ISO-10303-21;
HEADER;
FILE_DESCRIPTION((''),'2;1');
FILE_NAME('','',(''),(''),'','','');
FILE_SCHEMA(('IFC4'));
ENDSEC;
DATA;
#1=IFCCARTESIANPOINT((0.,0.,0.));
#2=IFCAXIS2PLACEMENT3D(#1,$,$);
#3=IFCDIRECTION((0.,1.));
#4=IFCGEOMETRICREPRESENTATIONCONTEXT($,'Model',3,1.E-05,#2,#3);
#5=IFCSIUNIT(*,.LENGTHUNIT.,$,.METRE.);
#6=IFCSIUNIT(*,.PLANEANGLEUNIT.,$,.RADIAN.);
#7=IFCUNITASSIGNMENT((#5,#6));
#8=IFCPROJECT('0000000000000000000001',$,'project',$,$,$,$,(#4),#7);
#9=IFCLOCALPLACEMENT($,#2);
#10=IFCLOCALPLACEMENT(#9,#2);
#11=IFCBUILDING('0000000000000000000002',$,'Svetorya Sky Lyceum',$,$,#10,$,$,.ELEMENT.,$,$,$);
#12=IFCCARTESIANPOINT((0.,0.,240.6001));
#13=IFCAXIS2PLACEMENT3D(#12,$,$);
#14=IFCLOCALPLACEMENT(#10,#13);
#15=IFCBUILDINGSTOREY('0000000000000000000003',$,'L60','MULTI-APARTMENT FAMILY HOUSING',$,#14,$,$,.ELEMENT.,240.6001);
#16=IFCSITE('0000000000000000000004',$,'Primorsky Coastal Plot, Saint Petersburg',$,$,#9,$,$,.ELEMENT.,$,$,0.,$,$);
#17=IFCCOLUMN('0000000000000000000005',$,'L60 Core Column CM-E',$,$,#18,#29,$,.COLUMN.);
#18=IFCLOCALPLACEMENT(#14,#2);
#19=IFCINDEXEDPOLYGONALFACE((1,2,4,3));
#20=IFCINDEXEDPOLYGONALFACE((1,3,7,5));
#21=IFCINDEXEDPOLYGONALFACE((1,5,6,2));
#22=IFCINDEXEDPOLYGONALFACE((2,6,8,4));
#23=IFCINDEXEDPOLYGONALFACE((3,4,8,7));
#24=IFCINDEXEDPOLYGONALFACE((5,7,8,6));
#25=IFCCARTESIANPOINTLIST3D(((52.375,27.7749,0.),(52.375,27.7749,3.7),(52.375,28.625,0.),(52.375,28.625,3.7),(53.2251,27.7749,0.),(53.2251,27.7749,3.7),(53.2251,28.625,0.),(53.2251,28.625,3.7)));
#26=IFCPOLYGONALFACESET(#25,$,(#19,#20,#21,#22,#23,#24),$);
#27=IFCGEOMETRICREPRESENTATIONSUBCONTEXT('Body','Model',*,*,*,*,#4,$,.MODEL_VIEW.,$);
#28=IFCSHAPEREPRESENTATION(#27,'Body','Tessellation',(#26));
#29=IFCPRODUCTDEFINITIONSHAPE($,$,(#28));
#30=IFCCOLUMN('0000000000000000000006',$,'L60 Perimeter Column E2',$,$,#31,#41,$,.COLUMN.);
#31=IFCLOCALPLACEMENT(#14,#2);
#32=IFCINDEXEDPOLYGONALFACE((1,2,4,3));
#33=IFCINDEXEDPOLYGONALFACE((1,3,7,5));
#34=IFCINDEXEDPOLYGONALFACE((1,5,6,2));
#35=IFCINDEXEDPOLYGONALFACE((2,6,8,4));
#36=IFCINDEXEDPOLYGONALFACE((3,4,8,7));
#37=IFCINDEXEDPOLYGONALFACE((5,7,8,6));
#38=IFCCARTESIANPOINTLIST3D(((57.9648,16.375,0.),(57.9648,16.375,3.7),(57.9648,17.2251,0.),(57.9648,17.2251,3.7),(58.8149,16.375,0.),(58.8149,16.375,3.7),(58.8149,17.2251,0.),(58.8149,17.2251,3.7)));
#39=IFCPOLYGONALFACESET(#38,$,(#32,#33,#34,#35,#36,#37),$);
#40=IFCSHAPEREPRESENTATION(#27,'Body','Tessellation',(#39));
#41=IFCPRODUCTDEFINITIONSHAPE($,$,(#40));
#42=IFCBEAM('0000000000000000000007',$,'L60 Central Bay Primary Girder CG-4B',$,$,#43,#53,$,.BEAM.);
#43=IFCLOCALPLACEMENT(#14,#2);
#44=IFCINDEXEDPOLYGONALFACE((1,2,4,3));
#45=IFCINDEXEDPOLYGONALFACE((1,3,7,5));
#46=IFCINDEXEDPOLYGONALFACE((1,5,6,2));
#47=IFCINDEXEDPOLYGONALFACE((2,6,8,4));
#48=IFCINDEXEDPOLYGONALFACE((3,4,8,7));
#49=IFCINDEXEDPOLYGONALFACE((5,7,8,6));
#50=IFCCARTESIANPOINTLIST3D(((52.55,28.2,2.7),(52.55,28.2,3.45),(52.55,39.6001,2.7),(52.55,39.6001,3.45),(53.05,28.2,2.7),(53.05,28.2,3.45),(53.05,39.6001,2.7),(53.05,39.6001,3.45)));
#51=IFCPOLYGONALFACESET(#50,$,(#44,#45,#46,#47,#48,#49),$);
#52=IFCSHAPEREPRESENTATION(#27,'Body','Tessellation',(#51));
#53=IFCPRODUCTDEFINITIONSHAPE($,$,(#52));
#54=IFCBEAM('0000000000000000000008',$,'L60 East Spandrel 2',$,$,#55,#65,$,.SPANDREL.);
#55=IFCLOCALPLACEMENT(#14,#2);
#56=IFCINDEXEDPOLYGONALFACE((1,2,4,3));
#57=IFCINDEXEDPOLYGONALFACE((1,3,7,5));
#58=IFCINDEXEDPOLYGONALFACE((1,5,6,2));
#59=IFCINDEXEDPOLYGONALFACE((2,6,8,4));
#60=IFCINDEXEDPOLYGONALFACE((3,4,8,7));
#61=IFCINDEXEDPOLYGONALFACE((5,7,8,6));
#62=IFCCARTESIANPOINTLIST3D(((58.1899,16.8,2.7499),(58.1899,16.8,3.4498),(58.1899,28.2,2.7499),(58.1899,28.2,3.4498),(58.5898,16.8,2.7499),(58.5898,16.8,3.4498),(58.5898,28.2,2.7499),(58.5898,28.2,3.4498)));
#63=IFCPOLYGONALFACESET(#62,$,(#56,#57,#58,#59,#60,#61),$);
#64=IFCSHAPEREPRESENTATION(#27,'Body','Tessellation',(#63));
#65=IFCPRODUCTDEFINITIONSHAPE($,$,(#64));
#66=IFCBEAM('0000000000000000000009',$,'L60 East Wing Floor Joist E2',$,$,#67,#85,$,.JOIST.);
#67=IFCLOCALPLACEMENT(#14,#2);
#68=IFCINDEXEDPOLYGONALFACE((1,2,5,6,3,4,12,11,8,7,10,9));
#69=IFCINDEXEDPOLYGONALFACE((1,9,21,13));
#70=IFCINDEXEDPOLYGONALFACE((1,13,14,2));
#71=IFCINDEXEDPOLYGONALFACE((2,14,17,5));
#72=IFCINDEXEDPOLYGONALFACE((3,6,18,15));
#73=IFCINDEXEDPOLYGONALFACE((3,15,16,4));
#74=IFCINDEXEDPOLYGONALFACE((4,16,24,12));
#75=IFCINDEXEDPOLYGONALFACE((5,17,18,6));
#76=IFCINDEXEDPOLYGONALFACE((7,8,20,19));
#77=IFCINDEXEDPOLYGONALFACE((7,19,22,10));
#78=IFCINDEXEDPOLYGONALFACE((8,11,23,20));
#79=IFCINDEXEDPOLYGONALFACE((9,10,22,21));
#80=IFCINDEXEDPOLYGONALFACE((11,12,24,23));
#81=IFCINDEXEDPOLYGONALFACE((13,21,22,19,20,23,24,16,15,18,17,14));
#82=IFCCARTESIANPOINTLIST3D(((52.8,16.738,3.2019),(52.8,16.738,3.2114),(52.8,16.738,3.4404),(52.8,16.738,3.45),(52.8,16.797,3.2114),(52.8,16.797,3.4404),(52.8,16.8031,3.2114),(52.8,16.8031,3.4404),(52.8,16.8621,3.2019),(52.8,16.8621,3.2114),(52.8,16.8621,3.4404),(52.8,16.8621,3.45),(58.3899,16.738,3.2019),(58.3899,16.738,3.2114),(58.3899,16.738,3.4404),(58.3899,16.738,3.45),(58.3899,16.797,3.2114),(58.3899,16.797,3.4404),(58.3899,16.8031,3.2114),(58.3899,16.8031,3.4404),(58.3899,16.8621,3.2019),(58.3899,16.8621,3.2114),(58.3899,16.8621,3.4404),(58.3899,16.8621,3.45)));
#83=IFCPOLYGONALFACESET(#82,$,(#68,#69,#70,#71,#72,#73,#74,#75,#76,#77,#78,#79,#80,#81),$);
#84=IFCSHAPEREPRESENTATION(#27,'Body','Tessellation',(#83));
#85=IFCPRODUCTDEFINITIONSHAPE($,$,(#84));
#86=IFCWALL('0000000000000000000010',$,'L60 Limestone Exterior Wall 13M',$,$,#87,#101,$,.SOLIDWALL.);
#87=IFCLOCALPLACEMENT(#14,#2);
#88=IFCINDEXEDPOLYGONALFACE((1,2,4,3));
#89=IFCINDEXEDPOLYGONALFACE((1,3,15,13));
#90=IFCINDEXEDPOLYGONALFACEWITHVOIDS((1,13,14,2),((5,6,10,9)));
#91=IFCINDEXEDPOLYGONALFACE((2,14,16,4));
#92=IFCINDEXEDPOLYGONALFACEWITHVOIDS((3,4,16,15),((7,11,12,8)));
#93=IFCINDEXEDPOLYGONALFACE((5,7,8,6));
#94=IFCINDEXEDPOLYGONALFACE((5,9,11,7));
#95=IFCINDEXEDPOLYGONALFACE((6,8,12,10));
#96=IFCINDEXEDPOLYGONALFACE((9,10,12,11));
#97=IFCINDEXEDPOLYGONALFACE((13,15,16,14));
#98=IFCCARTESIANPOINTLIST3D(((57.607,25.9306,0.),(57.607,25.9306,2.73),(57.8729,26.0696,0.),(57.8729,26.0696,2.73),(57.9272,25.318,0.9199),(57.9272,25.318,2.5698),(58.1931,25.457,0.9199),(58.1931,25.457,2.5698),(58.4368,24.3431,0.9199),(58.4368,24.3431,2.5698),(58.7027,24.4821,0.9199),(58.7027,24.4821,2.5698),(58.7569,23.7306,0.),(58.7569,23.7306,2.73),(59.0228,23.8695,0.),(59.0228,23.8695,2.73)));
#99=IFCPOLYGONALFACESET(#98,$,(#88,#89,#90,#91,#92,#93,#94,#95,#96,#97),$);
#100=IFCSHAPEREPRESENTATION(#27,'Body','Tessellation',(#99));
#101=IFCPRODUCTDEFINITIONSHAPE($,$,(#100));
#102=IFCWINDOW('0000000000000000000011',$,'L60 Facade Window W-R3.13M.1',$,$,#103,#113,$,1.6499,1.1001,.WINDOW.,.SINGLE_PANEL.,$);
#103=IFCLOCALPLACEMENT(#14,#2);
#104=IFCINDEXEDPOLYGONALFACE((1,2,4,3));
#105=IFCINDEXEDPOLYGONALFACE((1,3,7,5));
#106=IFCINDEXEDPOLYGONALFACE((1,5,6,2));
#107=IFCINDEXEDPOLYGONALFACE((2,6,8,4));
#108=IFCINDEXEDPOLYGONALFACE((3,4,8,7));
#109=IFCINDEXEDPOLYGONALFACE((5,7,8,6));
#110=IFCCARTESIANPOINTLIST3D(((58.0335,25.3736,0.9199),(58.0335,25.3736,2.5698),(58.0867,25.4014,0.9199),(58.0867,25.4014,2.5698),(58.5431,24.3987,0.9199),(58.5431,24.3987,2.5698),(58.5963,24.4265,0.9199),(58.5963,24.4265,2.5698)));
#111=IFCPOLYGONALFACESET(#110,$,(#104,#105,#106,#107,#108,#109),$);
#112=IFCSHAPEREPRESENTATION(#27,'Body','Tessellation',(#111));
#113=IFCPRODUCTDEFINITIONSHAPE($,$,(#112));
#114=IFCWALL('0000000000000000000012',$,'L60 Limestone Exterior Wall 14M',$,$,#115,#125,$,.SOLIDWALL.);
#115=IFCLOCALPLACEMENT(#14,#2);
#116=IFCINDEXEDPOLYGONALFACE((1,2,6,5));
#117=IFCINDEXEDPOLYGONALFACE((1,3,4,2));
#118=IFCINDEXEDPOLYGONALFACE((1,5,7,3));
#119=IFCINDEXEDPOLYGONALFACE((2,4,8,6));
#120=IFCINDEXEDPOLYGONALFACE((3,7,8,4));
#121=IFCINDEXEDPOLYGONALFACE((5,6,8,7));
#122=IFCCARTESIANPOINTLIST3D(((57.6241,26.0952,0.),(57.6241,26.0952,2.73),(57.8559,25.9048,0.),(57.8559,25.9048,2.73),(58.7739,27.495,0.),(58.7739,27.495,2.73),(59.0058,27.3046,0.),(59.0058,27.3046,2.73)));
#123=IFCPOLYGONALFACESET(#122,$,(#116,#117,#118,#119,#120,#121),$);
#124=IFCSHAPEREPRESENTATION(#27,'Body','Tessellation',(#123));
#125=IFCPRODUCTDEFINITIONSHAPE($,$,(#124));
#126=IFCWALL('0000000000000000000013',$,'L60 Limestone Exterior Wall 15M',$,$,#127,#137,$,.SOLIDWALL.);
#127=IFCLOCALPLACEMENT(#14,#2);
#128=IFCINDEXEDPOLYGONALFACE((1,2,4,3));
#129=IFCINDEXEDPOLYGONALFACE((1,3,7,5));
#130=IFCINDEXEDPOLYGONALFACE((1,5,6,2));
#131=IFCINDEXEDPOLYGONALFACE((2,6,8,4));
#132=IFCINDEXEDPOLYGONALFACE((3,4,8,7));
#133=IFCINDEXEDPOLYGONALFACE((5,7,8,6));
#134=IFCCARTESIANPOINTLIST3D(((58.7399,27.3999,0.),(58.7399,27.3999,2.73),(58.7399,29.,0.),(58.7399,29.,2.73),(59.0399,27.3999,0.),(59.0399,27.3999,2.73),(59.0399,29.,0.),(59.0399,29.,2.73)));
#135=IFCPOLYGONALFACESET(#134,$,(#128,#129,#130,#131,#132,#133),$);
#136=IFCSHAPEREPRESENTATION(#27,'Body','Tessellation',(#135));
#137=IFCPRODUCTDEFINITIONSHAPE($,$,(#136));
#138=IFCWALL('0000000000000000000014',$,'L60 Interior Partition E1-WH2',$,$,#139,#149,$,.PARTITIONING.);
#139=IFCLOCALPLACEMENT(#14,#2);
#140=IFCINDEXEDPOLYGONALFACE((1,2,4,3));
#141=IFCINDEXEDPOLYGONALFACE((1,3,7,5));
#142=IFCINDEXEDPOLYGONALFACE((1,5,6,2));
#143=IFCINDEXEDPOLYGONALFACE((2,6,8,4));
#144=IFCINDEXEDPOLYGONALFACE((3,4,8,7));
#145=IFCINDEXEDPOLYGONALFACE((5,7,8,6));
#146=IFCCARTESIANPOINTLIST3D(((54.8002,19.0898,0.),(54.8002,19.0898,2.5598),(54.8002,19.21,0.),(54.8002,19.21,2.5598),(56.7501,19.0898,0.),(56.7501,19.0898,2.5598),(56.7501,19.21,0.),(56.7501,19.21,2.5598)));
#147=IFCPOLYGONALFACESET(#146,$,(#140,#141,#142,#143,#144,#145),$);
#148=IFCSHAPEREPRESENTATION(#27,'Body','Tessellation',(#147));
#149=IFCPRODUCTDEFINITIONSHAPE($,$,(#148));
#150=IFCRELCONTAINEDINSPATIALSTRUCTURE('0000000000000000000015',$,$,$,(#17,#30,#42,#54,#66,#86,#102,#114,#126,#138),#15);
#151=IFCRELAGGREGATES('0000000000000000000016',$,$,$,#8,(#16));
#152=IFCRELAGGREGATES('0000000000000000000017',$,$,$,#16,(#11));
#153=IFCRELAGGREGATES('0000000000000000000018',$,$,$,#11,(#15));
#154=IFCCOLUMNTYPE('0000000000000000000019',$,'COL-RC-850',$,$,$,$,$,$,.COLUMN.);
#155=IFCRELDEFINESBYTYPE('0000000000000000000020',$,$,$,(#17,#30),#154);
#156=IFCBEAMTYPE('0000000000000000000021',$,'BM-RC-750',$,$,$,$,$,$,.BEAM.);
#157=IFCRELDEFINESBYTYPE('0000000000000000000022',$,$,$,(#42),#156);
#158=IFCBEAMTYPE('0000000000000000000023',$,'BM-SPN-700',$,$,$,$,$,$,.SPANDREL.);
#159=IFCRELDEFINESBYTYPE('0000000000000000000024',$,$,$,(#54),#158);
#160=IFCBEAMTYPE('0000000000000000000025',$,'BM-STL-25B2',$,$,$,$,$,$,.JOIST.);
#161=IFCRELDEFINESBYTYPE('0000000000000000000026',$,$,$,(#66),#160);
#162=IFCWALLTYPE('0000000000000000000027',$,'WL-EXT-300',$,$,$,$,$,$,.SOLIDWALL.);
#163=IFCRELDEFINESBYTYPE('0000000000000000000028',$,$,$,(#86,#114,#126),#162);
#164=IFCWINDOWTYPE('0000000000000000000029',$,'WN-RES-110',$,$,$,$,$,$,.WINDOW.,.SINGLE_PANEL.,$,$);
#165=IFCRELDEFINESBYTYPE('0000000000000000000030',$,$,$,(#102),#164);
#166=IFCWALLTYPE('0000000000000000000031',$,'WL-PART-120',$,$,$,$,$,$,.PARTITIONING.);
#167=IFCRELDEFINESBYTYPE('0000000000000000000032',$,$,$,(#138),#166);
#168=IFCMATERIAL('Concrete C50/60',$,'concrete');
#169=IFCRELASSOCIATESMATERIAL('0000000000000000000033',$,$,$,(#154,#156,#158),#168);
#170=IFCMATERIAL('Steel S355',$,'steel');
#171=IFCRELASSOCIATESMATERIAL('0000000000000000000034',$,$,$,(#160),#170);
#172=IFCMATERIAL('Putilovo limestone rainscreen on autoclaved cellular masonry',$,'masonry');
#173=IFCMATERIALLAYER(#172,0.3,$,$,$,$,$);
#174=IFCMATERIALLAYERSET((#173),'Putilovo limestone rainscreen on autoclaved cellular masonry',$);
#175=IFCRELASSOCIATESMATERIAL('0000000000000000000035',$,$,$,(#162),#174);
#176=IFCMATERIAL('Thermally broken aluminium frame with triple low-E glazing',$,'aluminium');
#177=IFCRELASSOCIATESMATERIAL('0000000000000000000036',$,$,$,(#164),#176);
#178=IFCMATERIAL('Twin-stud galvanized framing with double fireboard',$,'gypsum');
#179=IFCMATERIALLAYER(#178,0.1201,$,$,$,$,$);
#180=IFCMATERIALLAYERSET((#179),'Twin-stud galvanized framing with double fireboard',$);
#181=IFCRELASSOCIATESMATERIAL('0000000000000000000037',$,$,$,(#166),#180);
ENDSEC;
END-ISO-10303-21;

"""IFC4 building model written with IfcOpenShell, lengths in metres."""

from ifc_helpers import new_model, si_unit, direction, frame, frame_2d, origin, origin_2d, place, context, subcontext, project, spatial, rectangle, i_section, extrude, material, layer, layer_set, material_profile, profile_set, type_object, element, fill, save


model = new_model("IFC4")

# Units and contexts
model_context = context("Model", 3, precision=1e-05, world=origin(), true_north=direction((0.0, 1.0)))
body_context = subcontext(model_context, "Body", "Model", "MODEL_VIEW")
ifc_project = project(units=[si_unit("LENGTHUNIT", "METRE"), si_unit("PLANEANGLEUNIT", "RADIAN")], contexts=[model_context])

# Site, building, storey
site_placement = place(None, origin())
site = spatial("IfcSite", under=ifc_project, at=site_placement, Name="Primorsky Coastal Plot, Saint Petersburg", CompositionType="ELEMENT", RefElevation=0.0)
building_placement = place(site_placement, origin())
building = spatial("IfcBuilding", under=site, at=building_placement, Name="Svetorya Sky Lyceum", CompositionType="ELEMENT")
storey_placement = place(building_placement, frame((0.0, 0.0, 240.6001)))
storey = spatial("IfcBuildingStorey", under=building, at=storey_placement, Name="L60", Description="MULTI-APARTMENT FAMILY HOUSING", CompositionType="ELEMENT", Elevation=240.6001)

# Columns
ifc_material_1 = material(Name="Concrete C50/60", Category="concrete")
ifc_material_profile_1 = material_profile(ifc_material_1, rectangle(XDim=0.8501, YDim=0.8501, at=origin_2d()), Name="RC COL 850x850")
ifc_profile_set_1 = profile_set([ifc_material_profile_1], Name="Concrete C50/60")
column_type = type_object("IfcColumnType", Name="COL-RC-850", PredefinedType="COLUMN", material=ifc_profile_set_1)
for number, where, z_axis, x_axis, name in (
    (1, (52.8, 28.2, 0.0), (0.0, 0.0, 1.0), (1.0, 0.0, 0.0), "L60 Core Column CM-E"),
    (2, (58.3899, 16.8, 0.0), (0.0, 0.0, 1.0), (1.0, 0.0, 0.0), "L60 Perimeter Column E2"),
):
    element("IfcColumn", number, at=place(storey_placement, frame(where, z_axis=z_axis, x_axis=x_axis)), inside=storey, type_object=column_type, Name=name, PredefinedType="COLUMN", context=body_context, shape_type="SweptSolid", body=[
        extrude(rectangle(XDim=0.8501, YDim=0.8501, at=origin_2d()), origin(), (0.0, 0.0, 1.0), 3.7),
    ])

# Beams
ifc_material_profile_2 = material_profile(ifc_material_1, rectangle(XDim=0.5, YDim=0.75, at=origin_2d()), Name="RC BEAM 500x750")
ifc_profile_set_2 = profile_set([ifc_material_profile_2], Name="Concrete C50/60")
beam_type_1 = type_object("IfcBeamType", Name="BM-RC-750", PredefinedType="BEAM", material=ifc_profile_set_2)
beam_1_placement = place(storey_placement, frame((52.8, 28.2, 3.075), z_axis=(0.0, 1.0, 0.0), x_axis=(-1.0, 0.0, 0.0)))
element("IfcBeam", 3, at=beam_1_placement, inside=storey, type_object=beam_type_1, Name="L60 Central Bay Primary Girder CG-4B", PredefinedType="BEAM", context=body_context, shape_type="SweptSolid", body=[
    extrude(rectangle(XDim=0.5, YDim=0.75, at=origin_2d()), origin(), (0.0, 0.0, 1.0), 11.4001),
])
ifc_material_profile_3 = material_profile(ifc_material_1, rectangle(XDim=0.3999, YDim=0.7, at=origin_2d()), Name="RC SPANDREL 400x700")
ifc_profile_set_3 = profile_set([ifc_material_profile_3], Name="Concrete C50/60")
beam_type_2 = type_object("IfcBeamType", Name="BM-SPN-700", PredefinedType="SPANDREL", material=ifc_profile_set_3)
beam_2_placement = place(storey_placement, frame((58.3899, 16.8, 3.0999), z_axis=(0.0, 1.0, 0.0), x_axis=(-1.0, 0.0, 0.0)))
element("IfcBeam", 4, at=beam_2_placement, inside=storey, type_object=beam_type_2, Name="L60 East Spandrel 2", PredefinedType="SPANDREL", context=body_context, shape_type="SweptSolid", body=[
    extrude(rectangle(XDim=0.3999, YDim=0.7, at=origin_2d()), origin(), (0.0, 0.0, 1.0), 11.3999),
])
ifc_material_2 = material(Name="Steel S355", Category="steel")
ifc_material_profile_4 = material_profile(ifc_material_2, i_section(OverallWidth=0.124, OverallDepth=0.248, WebThickness=0.0061, FlangeThickness=0.0095, at=origin_2d()), Name="GOST 25B2")
ifc_profile_set_4 = profile_set([ifc_material_profile_4], Name="Steel S355")
beam_type_3 = type_object("IfcBeamType", Name="BM-STL-25B2", PredefinedType="JOIST", material=ifc_profile_set_4)
beam_3_placement = place(storey_placement, frame((52.8, 16.8, 3.3259), z_axis=(1.0, 0.0, 0.0), x_axis=(0.0, 1.0, 0.0)))
element("IfcBeam", 5, at=beam_3_placement, inside=storey, type_object=beam_type_3, Name="L60 East Wing Floor Joist E2", PredefinedType="JOIST", context=body_context, shape_type="SweptSolid", body=[
    extrude(i_section(OverallWidth=0.124, OverallDepth=0.248, WebThickness=0.0061, FlangeThickness=0.0095, at=origin_2d()), origin(), (0.0, 0.0, 1.0), 5.5898),
])

# Wall, opening, window
ifc_material_3 = material(Name="Putilovo limestone rainscreen on autoclaved cellular masonry", Category="masonry")
ifc_layer_1 = layer(ifc_material_3, 0.3)
ifc_layer_set_1 = layer_set([ifc_layer_1], Name="Putilovo limestone rainscreen on autoclaved cellular masonry")
wall_type_1 = type_object("IfcWallType", Name="WL-EXT-300", PredefinedType="SOLIDWALL", material=ifc_layer_set_1)
wall_1_placement = place(storey_placement, frame((58.8899, 23.8, 0.0), z_axis=(0.0, 0.0, 1.0), x_axis=(-0.463231, 0.886237, 0.0)))
wall_1 = element("IfcWall", 6, at=wall_1_placement, inside=storey, type_object=wall_type_1, Name="L60 Limestone Exterior Wall 13M", PredefinedType="SOLIDWALL", context=body_context, shape_type="SweptSolid", body=[
    extrude(rectangle(XDim=2.4824, YDim=0.3, at=frame_2d((1.2412, 0.0))), origin(), (0.0, 0.0, 1.0), 2.73),
])
opening_1_placement = place(wall_1_placement, frame((0.6912, 0.0, 0.9199)))
opening_1 = element("IfcOpeningElement", 7, at=opening_1_placement, cuts=wall_1, PredefinedType="OPENING", context=body_context, shape_type="SweptSolid", body=[
    extrude(rectangle(XDim=1.1001, YDim=1.6499, at=frame_2d((0.55, 0.825))), frame((0.0, 0.1599, 0.0), z_axis=(0.0, -1.0, 0.0), x_axis=(1.0, 0.0, 0.0)), (0.0, 0.0, 1.0), 0.3201),
])
ifc_material_4 = material(Name="Thermally broken aluminium frame with triple low-E glazing", Category="aluminium")
window_type = type_object("IfcWindowType", Name="WN-RES-110", PartitioningType="SINGLE_PANEL", PredefinedType="WINDOW", material=ifc_material_4)
window_placement = place(opening_1_placement, origin())
window = element("IfcWindow", 8, at=window_placement, inside=storey, type_object=window_type, Name="L60 Facade Window W-R3.13M.1", OverallHeight=1.6499, OverallWidth=1.1001, PartitioningType="SINGLE_PANEL", PredefinedType="WINDOW", context=body_context, shape_type="SweptSolid", body=[
    extrude(rectangle(XDim=1.1001, YDim=1.6499, at=frame_2d((0.55, 0.825))), frame((0.0, 0.03, 0.0), z_axis=(0.0, -1.0, 0.0), x_axis=(1.0, 0.0, 0.0)), (0.0, 0.0, 1.0), 0.0601),
])
fill(opening_1, window)

# Walls
wall_2_placement = place(storey_placement, frame((57.74, 26.0, 0.0), z_axis=(0.0, 0.0, 1.0), x_axis=(0.634734, 0.772731, 0.0)))
element("IfcWall", 9, at=wall_2_placement, inside=storey, type_object=wall_type_1, Name="L60 Limestone Exterior Wall 14M", PredefinedType="SOLIDWALL", context=body_context, shape_type="SweptSolid", body=[
    extrude(rectangle(XDim=1.8115, YDim=0.3, at=frame_2d((0.9058, 0.0))), origin(), (0.0, 0.0, 1.0), 2.73),
])
wall_3_placement = place(storey_placement, frame((58.8899, 27.3999, 0.0), z_axis=(0.0, 0.0, 1.0), x_axis=(0.0, 1.0, 0.0)))
element("IfcWall", 10, at=wall_3_placement, inside=storey, type_object=wall_type_1, Name="L60 Limestone Exterior Wall 15M", PredefinedType="SOLIDWALL", context=body_context, shape_type="SweptSolid", body=[
    extrude(rectangle(XDim=1.6001, YDim=0.3, at=frame_2d((0.8, 0.0))), origin(), (0.0, 0.0, 1.0), 2.73),
])
ifc_material_5 = material(Name="Twin-stud galvanized framing with double fireboard", Category="gypsum")
ifc_layer_2 = layer(ifc_material_5, 0.1201)
ifc_layer_set_2 = layer_set([ifc_layer_2], Name="Twin-stud galvanized framing with double fireboard")
wall_type_2 = type_object("IfcWallType", Name="WL-PART-120", PredefinedType="PARTITIONING", material=ifc_layer_set_2)
wall_4_placement = place(storey_placement, frame((54.8, 19.1499, 0.0), z_axis=(0.0, 0.0, 1.0), x_axis=(1.0, 0.0, 0.0)))
element("IfcWall", 11, at=wall_4_placement, inside=storey, type_object=wall_type_2, Name="L60 Interior Partition E1-WH2", PredefinedType="PARTITIONING", context=body_context, shape_type="SweptSolid", body=[
    extrude(rectangle(XDim=1.95, YDim=0.1201, at=frame_2d((0.9751, 0.0))), origin(), (0.0, 0.0, 1.0), 2.5598),
])

save(model, "model.ifc")
